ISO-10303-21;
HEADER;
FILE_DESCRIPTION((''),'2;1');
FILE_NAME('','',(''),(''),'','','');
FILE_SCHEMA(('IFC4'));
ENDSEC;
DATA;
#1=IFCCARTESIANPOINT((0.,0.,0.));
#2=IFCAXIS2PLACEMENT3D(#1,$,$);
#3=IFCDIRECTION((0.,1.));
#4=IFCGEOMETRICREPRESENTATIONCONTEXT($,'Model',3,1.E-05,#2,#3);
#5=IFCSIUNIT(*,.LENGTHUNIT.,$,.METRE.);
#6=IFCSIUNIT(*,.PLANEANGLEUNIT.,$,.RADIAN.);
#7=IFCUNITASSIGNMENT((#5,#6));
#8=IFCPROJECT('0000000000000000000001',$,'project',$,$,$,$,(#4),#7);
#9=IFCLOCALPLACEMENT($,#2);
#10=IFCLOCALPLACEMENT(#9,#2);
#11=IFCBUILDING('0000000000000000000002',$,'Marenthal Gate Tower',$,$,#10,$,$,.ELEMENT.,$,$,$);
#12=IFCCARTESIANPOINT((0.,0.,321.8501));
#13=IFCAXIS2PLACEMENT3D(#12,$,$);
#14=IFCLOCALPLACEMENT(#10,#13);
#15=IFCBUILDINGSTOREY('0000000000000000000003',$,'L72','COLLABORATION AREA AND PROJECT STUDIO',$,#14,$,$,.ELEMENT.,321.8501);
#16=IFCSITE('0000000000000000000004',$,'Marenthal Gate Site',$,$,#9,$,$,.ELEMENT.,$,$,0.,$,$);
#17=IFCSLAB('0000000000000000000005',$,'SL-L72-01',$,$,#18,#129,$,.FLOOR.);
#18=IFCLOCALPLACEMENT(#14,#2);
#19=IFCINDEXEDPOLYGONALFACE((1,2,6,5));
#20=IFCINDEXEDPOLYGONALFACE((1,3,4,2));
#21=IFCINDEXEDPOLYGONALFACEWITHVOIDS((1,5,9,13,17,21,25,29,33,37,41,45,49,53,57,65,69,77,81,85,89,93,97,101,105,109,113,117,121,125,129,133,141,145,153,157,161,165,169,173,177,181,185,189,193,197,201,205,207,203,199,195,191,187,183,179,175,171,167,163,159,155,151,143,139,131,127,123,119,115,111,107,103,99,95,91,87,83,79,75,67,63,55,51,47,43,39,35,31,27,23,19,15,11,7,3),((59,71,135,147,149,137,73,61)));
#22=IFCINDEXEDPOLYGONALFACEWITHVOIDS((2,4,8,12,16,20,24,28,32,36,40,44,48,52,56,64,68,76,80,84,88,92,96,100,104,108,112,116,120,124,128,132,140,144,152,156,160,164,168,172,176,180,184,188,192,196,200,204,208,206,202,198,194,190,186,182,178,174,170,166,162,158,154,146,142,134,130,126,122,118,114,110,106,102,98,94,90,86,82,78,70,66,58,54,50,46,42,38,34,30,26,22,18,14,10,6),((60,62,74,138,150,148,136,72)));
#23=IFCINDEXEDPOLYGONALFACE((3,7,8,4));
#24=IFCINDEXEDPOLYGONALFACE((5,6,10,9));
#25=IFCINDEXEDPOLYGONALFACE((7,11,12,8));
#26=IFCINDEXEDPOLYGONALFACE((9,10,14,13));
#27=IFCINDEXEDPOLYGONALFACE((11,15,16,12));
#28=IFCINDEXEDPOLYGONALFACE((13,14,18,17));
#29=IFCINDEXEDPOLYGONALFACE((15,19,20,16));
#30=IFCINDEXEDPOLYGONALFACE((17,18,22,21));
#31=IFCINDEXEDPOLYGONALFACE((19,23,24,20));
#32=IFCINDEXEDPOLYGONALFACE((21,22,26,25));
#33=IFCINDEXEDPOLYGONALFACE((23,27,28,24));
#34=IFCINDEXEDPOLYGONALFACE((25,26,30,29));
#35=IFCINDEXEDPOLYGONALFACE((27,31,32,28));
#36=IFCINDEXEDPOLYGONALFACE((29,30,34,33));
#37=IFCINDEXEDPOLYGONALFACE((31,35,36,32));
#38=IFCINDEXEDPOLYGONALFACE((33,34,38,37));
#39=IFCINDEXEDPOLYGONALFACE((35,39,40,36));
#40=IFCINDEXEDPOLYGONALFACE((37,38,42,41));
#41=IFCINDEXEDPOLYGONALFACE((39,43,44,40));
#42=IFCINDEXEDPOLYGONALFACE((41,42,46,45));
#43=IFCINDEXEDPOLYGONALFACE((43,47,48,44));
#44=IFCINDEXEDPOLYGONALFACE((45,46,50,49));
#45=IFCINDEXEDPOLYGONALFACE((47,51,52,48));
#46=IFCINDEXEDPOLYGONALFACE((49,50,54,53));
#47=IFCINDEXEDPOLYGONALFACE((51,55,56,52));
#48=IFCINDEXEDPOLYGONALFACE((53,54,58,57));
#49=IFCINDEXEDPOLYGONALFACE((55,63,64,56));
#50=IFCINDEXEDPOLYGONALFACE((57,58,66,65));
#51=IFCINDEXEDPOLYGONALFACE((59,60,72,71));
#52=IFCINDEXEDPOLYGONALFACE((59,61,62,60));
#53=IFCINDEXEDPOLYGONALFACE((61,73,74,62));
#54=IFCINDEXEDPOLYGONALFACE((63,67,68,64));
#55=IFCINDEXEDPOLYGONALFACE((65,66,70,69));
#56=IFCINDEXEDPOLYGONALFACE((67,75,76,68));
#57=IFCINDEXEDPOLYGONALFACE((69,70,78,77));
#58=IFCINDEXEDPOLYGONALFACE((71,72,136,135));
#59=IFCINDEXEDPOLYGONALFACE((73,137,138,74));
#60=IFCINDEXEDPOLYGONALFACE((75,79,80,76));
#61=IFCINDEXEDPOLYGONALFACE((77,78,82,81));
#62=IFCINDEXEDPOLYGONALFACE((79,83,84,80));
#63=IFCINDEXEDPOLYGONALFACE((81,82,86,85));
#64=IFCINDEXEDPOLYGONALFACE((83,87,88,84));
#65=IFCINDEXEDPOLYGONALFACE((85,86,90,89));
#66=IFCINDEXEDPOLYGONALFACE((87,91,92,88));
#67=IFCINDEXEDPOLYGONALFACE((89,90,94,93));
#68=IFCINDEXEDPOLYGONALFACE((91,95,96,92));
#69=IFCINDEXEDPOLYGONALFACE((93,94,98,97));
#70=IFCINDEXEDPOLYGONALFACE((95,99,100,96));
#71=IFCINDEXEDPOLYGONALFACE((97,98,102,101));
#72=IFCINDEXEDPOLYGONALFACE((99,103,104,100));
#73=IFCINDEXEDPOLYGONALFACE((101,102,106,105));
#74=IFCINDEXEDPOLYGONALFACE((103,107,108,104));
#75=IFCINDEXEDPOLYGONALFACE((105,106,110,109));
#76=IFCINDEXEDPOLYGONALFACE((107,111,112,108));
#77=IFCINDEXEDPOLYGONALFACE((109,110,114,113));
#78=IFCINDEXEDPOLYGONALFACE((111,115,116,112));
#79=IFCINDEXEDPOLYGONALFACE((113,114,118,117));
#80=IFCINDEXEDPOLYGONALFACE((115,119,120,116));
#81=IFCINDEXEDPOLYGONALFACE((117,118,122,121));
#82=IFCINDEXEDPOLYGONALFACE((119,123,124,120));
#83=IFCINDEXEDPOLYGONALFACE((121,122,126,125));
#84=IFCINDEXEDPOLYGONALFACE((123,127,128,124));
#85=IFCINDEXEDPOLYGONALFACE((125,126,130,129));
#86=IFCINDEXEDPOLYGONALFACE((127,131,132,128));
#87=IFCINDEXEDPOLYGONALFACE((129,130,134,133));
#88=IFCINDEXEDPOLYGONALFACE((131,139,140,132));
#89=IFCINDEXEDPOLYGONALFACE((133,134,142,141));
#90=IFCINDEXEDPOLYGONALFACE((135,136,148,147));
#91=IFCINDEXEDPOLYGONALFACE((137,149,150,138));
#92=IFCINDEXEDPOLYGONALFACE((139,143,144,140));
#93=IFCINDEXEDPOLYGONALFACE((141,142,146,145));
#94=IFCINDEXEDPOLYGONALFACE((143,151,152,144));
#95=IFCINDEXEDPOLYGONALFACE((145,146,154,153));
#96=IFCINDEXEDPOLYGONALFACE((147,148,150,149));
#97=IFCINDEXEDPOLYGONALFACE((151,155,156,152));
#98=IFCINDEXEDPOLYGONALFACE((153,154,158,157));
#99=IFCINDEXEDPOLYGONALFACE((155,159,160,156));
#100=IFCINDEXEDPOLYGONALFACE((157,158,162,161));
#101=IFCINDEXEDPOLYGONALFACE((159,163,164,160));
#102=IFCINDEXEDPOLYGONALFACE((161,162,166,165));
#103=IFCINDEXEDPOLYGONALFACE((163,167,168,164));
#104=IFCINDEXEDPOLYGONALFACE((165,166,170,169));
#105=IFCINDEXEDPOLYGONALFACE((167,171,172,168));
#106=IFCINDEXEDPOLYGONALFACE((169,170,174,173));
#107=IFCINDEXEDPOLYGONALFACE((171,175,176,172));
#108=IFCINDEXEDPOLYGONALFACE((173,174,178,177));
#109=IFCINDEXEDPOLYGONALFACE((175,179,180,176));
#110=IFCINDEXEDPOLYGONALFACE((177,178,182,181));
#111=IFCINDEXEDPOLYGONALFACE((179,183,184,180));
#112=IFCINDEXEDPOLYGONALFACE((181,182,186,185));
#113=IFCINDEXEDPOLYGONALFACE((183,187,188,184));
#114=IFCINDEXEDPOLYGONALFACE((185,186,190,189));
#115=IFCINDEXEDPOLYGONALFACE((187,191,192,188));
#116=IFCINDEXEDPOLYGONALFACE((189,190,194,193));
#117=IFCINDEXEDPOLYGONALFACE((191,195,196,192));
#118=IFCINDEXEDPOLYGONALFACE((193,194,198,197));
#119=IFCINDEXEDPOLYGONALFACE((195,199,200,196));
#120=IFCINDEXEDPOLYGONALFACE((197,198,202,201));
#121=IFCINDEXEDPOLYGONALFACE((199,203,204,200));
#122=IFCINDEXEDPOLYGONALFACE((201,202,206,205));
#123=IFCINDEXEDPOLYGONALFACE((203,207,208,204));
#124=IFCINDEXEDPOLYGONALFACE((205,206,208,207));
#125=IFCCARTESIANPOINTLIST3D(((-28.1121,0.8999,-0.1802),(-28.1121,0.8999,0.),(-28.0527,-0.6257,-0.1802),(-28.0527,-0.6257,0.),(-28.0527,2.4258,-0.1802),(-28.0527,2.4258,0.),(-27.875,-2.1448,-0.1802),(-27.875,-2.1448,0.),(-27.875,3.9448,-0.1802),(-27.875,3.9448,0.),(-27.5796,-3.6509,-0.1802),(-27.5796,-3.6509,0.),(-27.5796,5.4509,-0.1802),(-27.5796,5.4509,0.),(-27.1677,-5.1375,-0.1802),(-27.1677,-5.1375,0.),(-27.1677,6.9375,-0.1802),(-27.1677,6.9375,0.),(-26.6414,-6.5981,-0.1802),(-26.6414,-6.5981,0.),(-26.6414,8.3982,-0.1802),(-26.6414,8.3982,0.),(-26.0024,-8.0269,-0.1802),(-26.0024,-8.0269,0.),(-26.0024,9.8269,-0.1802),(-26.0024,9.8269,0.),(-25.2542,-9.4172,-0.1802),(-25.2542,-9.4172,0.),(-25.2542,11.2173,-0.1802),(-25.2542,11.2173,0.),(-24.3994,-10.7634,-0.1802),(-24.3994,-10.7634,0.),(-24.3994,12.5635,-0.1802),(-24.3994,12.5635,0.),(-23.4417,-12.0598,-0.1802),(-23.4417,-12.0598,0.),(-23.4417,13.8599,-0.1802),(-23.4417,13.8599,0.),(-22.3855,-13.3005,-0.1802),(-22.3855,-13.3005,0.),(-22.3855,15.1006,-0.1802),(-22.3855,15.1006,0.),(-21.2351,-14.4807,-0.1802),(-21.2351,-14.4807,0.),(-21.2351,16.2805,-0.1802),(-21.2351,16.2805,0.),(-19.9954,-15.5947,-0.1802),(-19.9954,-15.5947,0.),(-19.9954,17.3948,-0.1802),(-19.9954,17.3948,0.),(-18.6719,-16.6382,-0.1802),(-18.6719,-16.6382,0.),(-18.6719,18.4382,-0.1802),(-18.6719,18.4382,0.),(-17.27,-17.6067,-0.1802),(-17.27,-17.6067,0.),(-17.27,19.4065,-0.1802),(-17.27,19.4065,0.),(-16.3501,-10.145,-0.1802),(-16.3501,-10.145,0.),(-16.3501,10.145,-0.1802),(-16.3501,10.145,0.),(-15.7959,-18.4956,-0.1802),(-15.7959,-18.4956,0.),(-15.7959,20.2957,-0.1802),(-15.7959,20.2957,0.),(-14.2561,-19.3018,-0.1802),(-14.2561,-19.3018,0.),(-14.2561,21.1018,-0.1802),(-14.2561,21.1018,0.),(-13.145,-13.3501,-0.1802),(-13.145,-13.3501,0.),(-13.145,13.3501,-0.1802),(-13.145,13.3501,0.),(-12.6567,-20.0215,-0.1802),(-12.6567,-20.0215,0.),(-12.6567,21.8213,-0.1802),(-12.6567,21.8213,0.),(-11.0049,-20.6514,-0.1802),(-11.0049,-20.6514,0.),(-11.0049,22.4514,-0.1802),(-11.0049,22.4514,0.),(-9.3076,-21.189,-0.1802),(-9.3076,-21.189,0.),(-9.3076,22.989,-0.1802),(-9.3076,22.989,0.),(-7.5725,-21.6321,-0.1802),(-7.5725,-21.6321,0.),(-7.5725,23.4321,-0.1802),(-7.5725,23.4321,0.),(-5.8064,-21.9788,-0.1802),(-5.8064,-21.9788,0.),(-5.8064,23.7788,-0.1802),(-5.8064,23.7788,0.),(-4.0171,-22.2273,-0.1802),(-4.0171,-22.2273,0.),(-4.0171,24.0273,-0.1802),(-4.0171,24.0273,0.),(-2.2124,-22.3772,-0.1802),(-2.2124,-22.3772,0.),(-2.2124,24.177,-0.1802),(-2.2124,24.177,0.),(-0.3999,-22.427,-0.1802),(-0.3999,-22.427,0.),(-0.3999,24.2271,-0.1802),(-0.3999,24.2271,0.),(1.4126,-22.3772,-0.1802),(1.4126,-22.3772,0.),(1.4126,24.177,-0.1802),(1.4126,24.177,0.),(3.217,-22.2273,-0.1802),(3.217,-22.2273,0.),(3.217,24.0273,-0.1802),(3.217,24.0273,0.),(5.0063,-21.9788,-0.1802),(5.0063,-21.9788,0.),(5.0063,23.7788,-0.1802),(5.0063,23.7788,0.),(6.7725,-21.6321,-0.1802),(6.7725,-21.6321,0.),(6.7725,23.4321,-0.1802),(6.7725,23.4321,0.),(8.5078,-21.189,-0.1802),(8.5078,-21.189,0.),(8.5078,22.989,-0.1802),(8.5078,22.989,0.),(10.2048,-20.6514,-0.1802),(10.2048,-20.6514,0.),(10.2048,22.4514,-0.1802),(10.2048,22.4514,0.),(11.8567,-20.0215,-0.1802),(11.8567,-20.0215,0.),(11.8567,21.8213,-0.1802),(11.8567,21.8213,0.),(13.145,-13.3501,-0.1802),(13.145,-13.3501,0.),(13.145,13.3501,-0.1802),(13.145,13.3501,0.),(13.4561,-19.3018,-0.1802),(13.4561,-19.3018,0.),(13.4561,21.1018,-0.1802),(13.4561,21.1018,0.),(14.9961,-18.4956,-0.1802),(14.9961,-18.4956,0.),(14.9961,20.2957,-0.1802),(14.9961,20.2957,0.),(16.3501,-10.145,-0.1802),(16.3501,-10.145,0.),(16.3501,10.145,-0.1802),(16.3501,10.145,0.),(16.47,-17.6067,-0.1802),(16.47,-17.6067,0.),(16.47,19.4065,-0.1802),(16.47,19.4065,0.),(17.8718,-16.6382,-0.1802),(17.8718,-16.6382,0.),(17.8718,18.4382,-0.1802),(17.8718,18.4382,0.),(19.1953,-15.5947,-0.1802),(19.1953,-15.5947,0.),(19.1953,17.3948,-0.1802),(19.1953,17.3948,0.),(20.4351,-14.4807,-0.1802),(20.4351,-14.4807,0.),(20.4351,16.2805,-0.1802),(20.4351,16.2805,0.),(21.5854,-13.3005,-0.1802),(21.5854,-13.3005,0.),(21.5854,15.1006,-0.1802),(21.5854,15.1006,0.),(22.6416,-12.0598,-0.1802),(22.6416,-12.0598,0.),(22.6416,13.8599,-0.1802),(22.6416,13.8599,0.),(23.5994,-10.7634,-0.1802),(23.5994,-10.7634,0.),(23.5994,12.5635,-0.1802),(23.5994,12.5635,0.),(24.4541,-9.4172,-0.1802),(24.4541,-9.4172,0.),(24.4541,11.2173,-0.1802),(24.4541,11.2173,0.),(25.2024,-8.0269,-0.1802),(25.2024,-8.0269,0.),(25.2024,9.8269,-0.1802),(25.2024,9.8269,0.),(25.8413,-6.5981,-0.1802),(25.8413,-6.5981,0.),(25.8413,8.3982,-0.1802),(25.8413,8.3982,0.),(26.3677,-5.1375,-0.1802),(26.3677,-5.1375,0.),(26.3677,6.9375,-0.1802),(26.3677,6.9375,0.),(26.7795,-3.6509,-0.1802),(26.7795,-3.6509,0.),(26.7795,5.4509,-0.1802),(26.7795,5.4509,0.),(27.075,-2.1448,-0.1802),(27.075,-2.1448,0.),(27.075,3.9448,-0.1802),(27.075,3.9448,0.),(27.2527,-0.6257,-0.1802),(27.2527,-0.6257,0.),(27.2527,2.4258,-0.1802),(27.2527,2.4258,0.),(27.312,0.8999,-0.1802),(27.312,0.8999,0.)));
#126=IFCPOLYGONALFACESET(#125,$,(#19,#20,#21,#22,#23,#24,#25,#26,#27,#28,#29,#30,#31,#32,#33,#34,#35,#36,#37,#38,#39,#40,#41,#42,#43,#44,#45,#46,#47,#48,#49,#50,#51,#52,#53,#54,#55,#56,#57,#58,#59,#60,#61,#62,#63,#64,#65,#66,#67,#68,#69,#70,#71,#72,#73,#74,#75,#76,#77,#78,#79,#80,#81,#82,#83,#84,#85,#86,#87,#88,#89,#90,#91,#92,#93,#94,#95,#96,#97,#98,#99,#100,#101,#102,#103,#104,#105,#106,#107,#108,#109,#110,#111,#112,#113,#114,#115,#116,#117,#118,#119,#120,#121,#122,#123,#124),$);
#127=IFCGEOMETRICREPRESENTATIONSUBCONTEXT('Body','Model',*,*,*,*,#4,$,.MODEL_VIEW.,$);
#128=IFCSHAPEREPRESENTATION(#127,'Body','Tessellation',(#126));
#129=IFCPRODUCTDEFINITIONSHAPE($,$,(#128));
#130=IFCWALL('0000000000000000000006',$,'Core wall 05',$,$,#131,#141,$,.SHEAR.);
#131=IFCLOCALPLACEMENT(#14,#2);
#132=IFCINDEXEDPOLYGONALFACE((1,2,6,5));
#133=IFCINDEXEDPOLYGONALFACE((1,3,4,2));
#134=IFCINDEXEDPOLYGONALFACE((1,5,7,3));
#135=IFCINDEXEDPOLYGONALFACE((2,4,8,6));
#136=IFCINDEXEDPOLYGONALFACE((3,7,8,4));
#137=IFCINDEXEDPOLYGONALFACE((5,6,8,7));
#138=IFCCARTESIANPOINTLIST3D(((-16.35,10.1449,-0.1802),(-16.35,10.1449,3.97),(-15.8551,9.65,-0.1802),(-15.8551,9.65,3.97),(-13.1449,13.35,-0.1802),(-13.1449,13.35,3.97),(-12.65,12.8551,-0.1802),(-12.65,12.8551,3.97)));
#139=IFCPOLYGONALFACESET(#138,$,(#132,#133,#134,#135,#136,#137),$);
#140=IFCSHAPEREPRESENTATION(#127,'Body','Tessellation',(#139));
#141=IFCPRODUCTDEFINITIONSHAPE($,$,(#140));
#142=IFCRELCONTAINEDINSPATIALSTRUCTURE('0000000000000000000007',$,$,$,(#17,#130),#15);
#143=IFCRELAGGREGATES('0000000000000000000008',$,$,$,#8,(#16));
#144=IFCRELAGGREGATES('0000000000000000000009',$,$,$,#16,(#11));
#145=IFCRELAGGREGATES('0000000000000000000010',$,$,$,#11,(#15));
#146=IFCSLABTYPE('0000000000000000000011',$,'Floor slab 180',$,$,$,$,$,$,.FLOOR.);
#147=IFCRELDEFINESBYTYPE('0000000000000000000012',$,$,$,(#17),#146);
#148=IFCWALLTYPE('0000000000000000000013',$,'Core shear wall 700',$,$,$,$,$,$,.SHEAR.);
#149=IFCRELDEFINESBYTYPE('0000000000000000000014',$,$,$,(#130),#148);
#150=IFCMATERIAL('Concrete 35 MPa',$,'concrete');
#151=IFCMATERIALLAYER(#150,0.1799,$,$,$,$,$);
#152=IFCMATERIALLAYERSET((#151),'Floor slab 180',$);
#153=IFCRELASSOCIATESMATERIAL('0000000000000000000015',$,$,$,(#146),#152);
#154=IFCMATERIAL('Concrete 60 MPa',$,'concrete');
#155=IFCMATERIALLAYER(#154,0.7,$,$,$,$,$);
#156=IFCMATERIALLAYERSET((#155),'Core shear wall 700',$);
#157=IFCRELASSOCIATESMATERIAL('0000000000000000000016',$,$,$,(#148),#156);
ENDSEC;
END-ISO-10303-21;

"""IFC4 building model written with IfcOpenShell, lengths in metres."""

from ifc_helpers import new_model, si_unit, direction, frame, frame_2d, origin, place, context, subcontext, project, spatial, polyline, rectangle, outline, extrude, material, layer, layer_set, type_object, element, save


model = new_model("IFC4")

# Units and contexts
model_context = context("Model", 3, precision=1e-05, world=origin(), true_north=direction((0.0, 1.0)))
body_context = subcontext(model_context, "Body", "Model", "MODEL_VIEW")
ifc_project = project(units=[si_unit("LENGTHUNIT", "METRE"), si_unit("PLANEANGLEUNIT", "RADIAN")], contexts=[model_context])

# Site, building, storey
site_placement = place(None, origin())
site = spatial("IfcSite", under=ifc_project, at=site_placement, Name="Marenthal Gate Site", CompositionType="ELEMENT", RefElevation=0.0)
building_placement = place(site_placement, origin())
building = spatial("IfcBuilding", under=site, at=building_placement, Name="Marenthal Gate Tower", CompositionType="ELEMENT")
storey_placement = place(building_placement, frame((0.0, 0.0, 321.8501)))
storey = spatial("IfcBuildingStorey", under=building, at=storey_placement, Name="L72", Description="COLLABORATION AREA AND PROJECT STUDIO", CompositionType="ELEMENT", Elevation=321.8501)

# Slab
ifc_material_1 = material(Name="Concrete 35 MPa", Category="concrete")
ifc_layer_1 = layer(ifc_material_1, 0.1799)
ifc_layer_set_1 = layer_set([ifc_layer_1], Name="Floor slab 180")
slab_type_1 = type_object("IfcSlabType", Name="Floor slab 180", PredefinedType="FLOOR", material=ifc_layer_set_1)
slab_1_placement = place(storey_placement, frame((0.0, 0.0, -0.1802)))
element("IfcSlab", 1, at=slab_1_placement, inside=storey, type_object=slab_type_1, Name="SL-L72-01", PredefinedType="FLOOR", context=body_context, shape_type="SweptSolid", body=[
    extrude(outline(polyline([(27.312, 0.8999), (27.2527, 2.4258), (27.075, 3.9448), (26.7795, 5.4509), (26.3677, 6.9375), (25.8413, 8.3982), (25.2024, 9.8269), (24.4541, 11.2173), (23.5994, 12.5635), (22.6416, 13.8599), (21.5854, 15.1006), (20.4351, 16.2805), (19.1953, 17.3948), (17.8718, 18.4382), (16.47, 19.4065), (14.9961, 20.2957), (13.4561, 21.1018), (11.8567, 21.8213), (10.2048, 22.4514), (8.5078, 22.989), (6.7725, 23.4321), (5.0063, 23.7788), (3.217, 24.0273), (1.4126, 24.177), (-0.3999, 24.2271), (-2.2124, 24.177), (-4.0171, 24.0273), (-5.8064, 23.7788), (-7.5725, 23.4321), (-9.3076, 22.989), (-11.0049, 22.4514), (-12.6567, 21.8213), (-14.2561, 21.1018), (-15.7959, 20.2957), (-17.27, 19.4065), (-18.6719, 18.4382), (-19.9954, 17.3948), (-21.2351, 16.2805), (-22.3855, 15.1006), (-23.4417, 13.8599), (-24.3994, 12.5635), (-25.2542, 11.2173), (-26.0024, 9.8269), (-26.6414, 8.3982), (-27.1677, 6.9375), (-27.5796, 5.4509), (-27.875, 3.9448), (-28.0527, 2.4258), (-28.1121, 0.8999), (-28.0527, -0.6257), (-27.875, -2.1448), (-27.5796, -3.6509), (-27.1677, -5.1375), (-26.6414, -6.5981), (-26.0024, -8.0269), (-25.2542, -9.4172), (-24.3994, -10.7634), (-23.4417, -12.0598), (-22.3855, -13.3005), (-21.2351, -14.4807), (-19.9954, -15.5947), (-18.6719, -16.6382), (-17.27, -17.6067), (-15.7959, -18.4956), (-14.2561, -19.3018), (-12.6567, -20.0215), (-11.0049, -20.6514), (-9.3076, -21.189), (-7.5725, -21.6321), (-5.8064, -21.9788), (-4.0171, -22.2273), (-2.2124, -22.3772), (-0.3999, -22.427), (1.4126, -22.3772), (3.217, -22.2273), (5.0063, -21.9788), (6.7725, -21.6321), (8.5078, -21.189), (10.2048, -20.6514), (11.8567, -20.0215), (13.4561, -19.3018), (14.9961, -18.4956), (16.47, -17.6067), (17.8718, -16.6382), (19.1953, -15.5947), (20.4351, -14.4807), (21.5854, -13.3005), (22.6416, -12.0598), (23.5994, -10.7634), (24.4541, -9.4172), (25.2024, -8.0269), (25.8413, -6.5981), (26.3677, -5.1375), (26.7795, -3.6509), (27.075, -2.1448), (27.2527, -0.6257), (27.312, 0.8999)]), holes=[polyline([(13.145, -13.3501), (16.3501, -10.145), (16.3501, 10.145), (13.145, 13.3501), (-13.145, 13.3501), (-16.3501, 10.145), (-16.3501, -10.145), (-13.145, -13.3501), (13.145, -13.3501)])]), origin(), (0.0, 0.0, 1.0), 0.1802),
])

# Wall
ifc_material_2 = material(Name="Concrete 60 MPa", Category="concrete")
ifc_layer_2 = layer(ifc_material_2, 0.7)
ifc_layer_set_2 = layer_set([ifc_layer_2], Name="Core shear wall 700")
wall_type_1 = type_object("IfcWallType", Name="Core shear wall 700", PredefinedType="SHEAR", material=ifc_layer_set_2)
wall_1_placement = place(storey_placement, frame((-12.8975, 13.1025, -0.1802), z_axis=(0.0, 0.0, 1.0), x_axis=(-0.707107, -0.707107, 0.0)))
element("IfcWall", 2, at=wall_1_placement, inside=storey, type_object=wall_type_1, Name="Core wall 05", PredefinedType="SHEAR", context=body_context, shape_type="SweptSolid", body=[
    extrude(rectangle(XDim=4.5327, YDim=0.7, at=frame_2d((2.2664, 0.0))), origin(), (0.0, 0.0, 1.0), 4.1501),
])

save(model, "model.ifc")
